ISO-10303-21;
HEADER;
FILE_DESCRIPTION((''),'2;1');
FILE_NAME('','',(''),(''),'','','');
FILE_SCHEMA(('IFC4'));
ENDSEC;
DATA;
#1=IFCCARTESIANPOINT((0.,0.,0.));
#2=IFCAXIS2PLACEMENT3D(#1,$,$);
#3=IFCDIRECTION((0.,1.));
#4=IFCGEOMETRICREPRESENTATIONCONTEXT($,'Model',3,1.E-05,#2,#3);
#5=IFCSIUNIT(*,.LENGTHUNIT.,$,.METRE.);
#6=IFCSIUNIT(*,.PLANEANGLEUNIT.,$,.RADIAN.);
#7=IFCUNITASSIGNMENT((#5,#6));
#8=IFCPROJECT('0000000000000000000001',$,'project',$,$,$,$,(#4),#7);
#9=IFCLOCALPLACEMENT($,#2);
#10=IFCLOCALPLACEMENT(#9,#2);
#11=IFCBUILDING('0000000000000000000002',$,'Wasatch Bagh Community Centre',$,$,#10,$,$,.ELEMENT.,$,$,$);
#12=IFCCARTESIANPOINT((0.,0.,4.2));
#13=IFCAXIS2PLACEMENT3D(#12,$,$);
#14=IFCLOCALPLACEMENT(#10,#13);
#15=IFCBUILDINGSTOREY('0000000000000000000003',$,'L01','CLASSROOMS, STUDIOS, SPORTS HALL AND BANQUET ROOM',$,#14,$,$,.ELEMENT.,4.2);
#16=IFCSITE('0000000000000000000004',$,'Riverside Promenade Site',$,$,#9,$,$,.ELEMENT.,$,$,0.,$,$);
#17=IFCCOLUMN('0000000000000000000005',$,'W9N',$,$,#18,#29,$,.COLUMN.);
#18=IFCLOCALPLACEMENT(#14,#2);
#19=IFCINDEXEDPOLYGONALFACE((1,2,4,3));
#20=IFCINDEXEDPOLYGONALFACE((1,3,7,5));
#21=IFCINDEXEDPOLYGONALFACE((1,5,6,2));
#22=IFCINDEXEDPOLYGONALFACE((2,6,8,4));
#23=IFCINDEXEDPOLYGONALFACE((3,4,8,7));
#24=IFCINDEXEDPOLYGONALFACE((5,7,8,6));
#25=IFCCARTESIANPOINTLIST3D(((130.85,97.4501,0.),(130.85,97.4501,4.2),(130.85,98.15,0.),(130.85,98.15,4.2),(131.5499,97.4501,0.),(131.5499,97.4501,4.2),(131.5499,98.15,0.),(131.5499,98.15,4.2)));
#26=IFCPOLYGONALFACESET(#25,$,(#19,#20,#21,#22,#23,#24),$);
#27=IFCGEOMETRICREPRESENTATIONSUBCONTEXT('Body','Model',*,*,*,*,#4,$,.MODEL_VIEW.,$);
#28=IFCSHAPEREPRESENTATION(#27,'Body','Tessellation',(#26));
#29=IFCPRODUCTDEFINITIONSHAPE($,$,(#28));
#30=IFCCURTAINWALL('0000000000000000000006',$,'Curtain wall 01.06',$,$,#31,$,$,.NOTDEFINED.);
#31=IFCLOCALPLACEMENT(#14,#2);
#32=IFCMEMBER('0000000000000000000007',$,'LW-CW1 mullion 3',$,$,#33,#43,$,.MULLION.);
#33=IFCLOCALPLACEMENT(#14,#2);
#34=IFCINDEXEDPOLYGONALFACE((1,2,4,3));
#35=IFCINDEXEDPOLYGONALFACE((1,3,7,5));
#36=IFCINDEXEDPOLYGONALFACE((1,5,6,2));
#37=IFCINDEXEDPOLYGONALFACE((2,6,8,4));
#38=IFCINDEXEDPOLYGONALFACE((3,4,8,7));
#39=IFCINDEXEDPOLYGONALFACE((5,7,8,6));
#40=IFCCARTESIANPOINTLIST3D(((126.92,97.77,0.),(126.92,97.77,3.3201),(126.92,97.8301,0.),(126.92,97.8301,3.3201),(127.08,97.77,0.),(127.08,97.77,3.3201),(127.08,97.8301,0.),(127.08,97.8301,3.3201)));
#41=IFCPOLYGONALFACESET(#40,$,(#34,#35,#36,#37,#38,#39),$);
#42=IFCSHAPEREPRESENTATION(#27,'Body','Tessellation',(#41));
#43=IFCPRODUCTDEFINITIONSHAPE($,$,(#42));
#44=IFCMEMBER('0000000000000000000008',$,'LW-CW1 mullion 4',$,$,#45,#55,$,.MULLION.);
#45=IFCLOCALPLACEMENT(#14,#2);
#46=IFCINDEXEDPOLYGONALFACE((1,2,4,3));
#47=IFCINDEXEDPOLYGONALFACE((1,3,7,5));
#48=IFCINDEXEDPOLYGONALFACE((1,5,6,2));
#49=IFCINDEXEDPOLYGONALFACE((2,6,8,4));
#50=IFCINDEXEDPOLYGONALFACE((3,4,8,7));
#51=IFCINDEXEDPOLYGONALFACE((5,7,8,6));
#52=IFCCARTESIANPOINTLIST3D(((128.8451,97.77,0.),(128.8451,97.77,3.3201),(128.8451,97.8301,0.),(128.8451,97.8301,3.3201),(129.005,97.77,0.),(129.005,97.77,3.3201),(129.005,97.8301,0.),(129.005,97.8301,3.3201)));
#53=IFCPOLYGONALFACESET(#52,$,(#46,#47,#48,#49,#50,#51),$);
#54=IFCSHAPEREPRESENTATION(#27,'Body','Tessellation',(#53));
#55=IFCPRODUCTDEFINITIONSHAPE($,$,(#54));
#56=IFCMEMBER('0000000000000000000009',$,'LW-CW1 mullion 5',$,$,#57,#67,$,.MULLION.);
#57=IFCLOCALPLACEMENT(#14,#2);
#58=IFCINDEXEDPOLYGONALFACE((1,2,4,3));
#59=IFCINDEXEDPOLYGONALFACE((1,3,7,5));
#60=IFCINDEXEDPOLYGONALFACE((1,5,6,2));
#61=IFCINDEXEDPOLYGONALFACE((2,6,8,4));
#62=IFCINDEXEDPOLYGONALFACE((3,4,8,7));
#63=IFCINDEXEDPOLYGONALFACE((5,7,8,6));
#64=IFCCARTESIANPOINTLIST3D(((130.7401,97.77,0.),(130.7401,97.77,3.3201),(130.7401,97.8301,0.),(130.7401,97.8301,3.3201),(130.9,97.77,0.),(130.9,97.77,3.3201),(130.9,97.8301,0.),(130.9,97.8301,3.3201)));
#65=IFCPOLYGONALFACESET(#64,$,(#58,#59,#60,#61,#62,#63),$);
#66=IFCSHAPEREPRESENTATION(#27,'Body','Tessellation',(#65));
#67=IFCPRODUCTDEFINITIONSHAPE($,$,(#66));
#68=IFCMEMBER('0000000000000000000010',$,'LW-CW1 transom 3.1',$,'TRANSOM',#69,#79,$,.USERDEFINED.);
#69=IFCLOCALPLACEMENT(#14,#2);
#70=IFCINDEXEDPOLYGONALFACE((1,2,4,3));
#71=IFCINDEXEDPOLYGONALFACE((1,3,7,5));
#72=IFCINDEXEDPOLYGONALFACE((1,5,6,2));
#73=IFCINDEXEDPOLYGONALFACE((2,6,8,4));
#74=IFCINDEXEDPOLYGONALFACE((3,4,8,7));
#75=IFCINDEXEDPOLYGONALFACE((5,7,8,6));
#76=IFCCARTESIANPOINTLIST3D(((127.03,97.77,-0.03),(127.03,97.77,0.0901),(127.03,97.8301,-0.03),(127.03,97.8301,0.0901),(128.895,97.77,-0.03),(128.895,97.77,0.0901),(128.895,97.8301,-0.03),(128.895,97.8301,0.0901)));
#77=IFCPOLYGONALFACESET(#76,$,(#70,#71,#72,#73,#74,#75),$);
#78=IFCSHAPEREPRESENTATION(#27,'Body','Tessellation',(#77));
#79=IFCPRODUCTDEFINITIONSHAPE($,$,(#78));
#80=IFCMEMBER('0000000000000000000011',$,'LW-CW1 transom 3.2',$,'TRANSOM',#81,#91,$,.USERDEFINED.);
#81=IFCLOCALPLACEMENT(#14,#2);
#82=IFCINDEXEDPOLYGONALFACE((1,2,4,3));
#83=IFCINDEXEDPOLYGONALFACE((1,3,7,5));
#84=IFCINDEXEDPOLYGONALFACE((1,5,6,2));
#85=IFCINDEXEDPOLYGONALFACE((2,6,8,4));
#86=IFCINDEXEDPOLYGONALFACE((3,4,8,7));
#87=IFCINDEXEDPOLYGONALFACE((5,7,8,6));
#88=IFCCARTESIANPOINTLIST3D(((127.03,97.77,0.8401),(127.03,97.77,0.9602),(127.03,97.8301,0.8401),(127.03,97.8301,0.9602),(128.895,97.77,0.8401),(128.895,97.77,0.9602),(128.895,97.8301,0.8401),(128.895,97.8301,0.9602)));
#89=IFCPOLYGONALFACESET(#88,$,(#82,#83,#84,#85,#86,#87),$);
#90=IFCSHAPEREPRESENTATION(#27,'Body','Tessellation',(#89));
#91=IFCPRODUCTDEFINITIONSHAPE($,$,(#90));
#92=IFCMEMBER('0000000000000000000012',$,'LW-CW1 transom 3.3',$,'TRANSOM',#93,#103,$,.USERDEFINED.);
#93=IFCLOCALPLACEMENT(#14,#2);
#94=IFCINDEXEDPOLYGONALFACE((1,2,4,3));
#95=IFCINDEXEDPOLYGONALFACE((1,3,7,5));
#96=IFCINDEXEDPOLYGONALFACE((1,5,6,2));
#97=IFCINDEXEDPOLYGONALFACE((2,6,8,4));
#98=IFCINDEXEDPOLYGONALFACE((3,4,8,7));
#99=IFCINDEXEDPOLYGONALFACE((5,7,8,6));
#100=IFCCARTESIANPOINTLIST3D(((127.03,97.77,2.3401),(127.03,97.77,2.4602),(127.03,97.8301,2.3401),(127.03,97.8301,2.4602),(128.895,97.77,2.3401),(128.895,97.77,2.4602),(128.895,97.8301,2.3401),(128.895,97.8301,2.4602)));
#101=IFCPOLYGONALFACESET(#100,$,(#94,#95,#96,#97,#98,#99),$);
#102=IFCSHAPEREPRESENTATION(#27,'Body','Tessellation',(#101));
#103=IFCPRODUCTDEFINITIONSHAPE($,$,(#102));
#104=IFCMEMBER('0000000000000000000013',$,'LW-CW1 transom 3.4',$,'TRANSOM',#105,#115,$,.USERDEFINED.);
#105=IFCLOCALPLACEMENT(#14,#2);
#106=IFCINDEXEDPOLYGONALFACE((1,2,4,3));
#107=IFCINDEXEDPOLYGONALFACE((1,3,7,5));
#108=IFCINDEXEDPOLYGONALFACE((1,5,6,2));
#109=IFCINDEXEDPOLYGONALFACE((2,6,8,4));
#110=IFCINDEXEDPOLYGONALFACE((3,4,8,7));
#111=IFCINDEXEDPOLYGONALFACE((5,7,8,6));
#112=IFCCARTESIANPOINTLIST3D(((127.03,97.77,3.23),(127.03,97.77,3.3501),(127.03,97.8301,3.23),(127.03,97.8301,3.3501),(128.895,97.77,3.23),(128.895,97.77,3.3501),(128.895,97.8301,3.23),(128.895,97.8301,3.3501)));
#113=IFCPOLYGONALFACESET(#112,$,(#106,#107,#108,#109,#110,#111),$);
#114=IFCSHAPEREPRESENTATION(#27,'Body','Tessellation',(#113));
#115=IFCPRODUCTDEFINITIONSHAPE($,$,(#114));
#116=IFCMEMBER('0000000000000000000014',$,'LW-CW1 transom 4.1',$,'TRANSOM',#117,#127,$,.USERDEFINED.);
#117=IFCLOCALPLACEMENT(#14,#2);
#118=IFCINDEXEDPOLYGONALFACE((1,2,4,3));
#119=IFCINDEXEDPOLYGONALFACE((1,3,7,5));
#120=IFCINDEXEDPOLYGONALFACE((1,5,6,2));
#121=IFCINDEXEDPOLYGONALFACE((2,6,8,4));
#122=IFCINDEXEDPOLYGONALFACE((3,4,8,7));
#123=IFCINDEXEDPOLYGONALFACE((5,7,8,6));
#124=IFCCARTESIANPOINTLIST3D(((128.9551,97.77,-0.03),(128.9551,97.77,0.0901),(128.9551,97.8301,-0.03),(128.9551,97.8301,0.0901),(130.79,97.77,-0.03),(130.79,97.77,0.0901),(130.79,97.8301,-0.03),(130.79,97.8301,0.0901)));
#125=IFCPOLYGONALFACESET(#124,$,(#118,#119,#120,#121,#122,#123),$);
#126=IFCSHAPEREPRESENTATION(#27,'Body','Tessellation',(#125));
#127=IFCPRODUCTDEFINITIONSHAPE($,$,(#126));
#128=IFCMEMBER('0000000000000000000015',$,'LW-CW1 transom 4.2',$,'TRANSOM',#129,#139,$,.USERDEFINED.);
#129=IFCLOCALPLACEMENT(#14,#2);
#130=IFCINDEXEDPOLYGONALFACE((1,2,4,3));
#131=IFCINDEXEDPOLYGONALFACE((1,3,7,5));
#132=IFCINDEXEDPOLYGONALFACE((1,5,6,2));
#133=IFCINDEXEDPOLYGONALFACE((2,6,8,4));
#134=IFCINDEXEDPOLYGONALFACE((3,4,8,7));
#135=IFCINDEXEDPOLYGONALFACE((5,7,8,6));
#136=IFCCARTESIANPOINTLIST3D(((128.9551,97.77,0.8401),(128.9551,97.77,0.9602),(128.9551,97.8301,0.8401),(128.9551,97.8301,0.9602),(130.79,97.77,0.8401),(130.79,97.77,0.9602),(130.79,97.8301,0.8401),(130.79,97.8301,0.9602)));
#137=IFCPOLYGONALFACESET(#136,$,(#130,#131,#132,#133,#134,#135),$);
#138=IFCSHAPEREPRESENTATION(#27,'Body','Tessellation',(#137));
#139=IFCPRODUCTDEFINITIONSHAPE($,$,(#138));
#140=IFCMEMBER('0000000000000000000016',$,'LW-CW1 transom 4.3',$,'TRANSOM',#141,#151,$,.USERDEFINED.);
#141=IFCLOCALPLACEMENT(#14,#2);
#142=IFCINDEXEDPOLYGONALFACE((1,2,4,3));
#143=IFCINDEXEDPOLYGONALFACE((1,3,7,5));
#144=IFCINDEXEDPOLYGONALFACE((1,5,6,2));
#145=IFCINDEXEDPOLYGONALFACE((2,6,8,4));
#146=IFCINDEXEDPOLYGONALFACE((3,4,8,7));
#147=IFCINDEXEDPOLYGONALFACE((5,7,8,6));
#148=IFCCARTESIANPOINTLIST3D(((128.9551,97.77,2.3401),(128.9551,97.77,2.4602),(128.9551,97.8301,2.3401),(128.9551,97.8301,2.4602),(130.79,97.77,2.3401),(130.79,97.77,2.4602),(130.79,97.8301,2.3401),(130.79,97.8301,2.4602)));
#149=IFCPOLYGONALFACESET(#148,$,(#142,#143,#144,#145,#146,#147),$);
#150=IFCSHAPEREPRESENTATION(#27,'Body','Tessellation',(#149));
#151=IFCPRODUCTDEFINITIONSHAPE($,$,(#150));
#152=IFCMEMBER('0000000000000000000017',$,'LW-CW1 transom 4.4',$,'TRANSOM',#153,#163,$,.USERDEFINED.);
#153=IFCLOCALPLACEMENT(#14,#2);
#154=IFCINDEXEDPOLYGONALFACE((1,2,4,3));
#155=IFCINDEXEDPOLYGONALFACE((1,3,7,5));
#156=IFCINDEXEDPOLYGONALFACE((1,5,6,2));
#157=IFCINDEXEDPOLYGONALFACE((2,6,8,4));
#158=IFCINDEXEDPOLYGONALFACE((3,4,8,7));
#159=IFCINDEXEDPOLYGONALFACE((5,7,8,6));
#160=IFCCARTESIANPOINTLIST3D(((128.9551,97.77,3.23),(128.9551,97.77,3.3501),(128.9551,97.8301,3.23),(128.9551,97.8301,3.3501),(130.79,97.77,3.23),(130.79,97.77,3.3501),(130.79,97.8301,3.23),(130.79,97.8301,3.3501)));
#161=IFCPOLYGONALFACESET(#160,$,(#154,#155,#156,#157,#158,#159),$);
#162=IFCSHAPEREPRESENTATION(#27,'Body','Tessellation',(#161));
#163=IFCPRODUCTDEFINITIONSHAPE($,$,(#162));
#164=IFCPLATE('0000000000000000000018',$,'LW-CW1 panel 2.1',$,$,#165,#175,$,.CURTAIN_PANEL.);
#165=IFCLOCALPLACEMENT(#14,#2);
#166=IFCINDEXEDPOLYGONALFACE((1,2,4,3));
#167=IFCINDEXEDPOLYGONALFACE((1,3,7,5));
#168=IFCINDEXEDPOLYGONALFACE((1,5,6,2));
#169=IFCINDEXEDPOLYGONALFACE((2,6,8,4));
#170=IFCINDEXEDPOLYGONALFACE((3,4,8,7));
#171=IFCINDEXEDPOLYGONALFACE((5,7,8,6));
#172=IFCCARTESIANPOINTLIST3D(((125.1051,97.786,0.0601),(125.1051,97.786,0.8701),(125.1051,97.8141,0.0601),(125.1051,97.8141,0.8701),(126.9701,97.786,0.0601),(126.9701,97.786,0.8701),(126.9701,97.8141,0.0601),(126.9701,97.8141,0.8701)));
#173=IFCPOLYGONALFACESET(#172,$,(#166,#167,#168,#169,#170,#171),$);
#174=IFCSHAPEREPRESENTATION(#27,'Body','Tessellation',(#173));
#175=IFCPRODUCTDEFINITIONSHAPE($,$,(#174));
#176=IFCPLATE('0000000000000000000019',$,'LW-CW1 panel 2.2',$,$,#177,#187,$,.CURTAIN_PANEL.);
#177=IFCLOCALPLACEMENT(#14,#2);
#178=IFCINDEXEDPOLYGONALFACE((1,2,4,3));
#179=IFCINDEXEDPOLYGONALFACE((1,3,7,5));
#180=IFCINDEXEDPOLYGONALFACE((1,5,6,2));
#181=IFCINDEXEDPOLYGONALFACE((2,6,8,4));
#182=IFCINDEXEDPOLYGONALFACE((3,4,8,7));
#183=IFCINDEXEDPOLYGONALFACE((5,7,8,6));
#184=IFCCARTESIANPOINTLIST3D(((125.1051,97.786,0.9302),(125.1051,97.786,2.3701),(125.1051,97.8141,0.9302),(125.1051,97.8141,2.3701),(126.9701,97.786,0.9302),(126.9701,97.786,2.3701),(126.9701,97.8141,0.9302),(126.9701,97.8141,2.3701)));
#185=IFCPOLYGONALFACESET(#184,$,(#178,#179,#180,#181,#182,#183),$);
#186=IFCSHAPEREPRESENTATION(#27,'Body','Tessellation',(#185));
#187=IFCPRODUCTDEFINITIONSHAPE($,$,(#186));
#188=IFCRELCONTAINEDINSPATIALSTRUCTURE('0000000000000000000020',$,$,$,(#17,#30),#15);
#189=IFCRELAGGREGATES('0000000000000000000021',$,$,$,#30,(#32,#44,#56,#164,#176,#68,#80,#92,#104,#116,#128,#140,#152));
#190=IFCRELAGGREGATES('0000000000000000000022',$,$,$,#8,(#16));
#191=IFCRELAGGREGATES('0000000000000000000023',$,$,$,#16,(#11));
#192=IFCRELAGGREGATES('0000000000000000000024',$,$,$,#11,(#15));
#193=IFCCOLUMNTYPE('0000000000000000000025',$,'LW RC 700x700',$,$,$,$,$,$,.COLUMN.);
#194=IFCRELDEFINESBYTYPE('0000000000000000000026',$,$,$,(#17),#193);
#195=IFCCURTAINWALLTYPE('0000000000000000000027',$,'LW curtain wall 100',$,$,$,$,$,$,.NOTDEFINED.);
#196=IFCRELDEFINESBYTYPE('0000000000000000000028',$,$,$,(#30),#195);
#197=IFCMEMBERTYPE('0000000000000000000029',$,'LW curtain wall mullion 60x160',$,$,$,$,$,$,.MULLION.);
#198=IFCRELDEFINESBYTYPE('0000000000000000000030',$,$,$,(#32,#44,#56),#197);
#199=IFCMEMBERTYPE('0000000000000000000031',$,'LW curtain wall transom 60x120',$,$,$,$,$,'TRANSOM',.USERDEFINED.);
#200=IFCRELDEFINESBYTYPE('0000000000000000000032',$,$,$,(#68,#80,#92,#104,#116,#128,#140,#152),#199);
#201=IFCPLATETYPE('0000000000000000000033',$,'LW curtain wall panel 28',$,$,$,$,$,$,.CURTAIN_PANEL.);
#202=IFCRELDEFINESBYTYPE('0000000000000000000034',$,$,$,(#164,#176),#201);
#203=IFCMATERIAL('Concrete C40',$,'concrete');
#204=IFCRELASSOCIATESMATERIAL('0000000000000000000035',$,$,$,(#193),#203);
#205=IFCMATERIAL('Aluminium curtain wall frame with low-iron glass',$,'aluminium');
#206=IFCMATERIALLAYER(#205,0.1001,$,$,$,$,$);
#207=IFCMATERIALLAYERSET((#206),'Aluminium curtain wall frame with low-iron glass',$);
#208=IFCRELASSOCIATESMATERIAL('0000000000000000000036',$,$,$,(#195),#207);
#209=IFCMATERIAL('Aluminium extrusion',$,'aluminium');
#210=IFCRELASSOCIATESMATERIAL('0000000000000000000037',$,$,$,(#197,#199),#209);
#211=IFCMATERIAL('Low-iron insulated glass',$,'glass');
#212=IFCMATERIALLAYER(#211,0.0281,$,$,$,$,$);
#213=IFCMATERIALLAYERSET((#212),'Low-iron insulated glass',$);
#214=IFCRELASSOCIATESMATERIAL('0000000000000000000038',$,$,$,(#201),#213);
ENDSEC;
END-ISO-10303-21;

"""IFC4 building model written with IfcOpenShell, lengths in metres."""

from ifc_helpers import new_model, si_unit, direction, frame, origin, origin_2d, place, context, subcontext, project, spatial, rectangle, extrude, material, layer, layer_set, material_profile, profile_set, type_object, element, aggregate, save


model = new_model("IFC4")

# Units and contexts
model_context = context("Model", 3, precision=1e-05, world=origin(), true_north=direction((0.0, 1.0)))
body_context = subcontext(model_context, "Body", "Model", "MODEL_VIEW")
ifc_project = project(units=[si_unit("LENGTHUNIT", "METRE"), si_unit("PLANEANGLEUNIT", "RADIAN")], contexts=[model_context])

# Site, building, storey
site_placement = place(None, origin())
site = spatial("IfcSite", under=ifc_project, at=site_placement, Name="Riverside Promenade Site", CompositionType="ELEMENT", RefElevation=0.0)
building_placement = place(site_placement, origin())
building = spatial("IfcBuilding", under=site, at=building_placement, Name="Wasatch Bagh Community Centre", CompositionType="ELEMENT")
storey_placement = place(building_placement, frame((0.0, 0.0, 4.2)))
storey = spatial("IfcBuildingStorey", under=building, at=storey_placement, Name="L01", Description="CLASSROOMS, STUDIOS, SPORTS HALL AND BANQUET ROOM", CompositionType="ELEMENT", Elevation=4.2)

# Column
ifc_material_1 = material(Name="Concrete C40", Category="concrete")
ifc_material_profile_1 = material_profile(ifc_material_1, rectangle(XDim=0.7, YDim=0.7, at=origin_2d()), Name="RC 700x700")
ifc_profile_set_1 = profile_set([ifc_material_profile_1], Name="Concrete C40")
column_type = type_object("IfcColumnType", Name="LW RC 700x700", PredefinedType="COLUMN", material=ifc_profile_set_1)
column_placement = place(storey_placement, frame((131.2, 97.8, 0.0), z_axis=(0.0, 0.0, 1.0), x_axis=(1.0, 0.0, 0.0)))
element("IfcColumn", 1, at=column_placement, inside=storey, type_object=column_type, Name="W9N", PredefinedType="COLUMN", context=body_context, shape_type="SweptSolid", body=[
    extrude(rectangle(XDim=0.7, YDim=0.7, at=origin_2d()), origin(), (0.0, 0.0, 1.0), 4.2),
])

# Curtain wall, members, plates
ifc_material_2 = material(Name="Aluminium curtain wall frame with low-iron glass", Category="aluminium")
ifc_layer_1 = layer(ifc_material_2, 0.1001)
ifc_layer_set_1 = layer_set([ifc_layer_1], Name="Aluminium curtain wall frame with low-iron glass")
curtain_wall_type = type_object("IfcCurtainWallType", Name="LW curtain wall 100", PredefinedType="NOTDEFINED", material=ifc_layer_set_1)
curtain_wall_placement = place(storey_placement, origin())
curtain_wall = element("IfcCurtainWall", 2, at=curtain_wall_placement, inside=storey, type_object=curtain_wall_type, Name="Curtain wall 01.06", PredefinedType="NOTDEFINED")
ifc_material_3 = material(Name="Aluminium extrusion", Category="aluminium")
ifc_material_profile_2 = material_profile(ifc_material_3, rectangle(XDim=0.0601, YDim=0.1599, at=origin_2d()), Name="AL 60x160")
ifc_profile_set_2 = profile_set([ifc_material_profile_2], Name="Aluminium extrusion")
member_type_1 = type_object("IfcMemberType", Name="LW curtain wall mullion 60x160", PredefinedType="MULLION", material=ifc_profile_set_2)
member_1_placement = place(storey_placement, frame((127.0, 97.8, 0.0), z_axis=(0.0, 0.0, 1.0), x_axis=(0.0, 1.0, 0.0)))
member_1 = element("IfcMember", 3, at=member_1_placement, type_object=member_type_1, Name="LW-CW1 mullion 3", PredefinedType="MULLION", context=body_context, shape_type="SweptSolid", body=[
    extrude(rectangle(XDim=0.0601, YDim=0.1599, at=origin_2d()), origin(), (0.0, 0.0, 1.0), 3.3201),
])
member_2_placement = place(storey_placement, frame((128.925, 97.8, 0.0), z_axis=(0.0, 0.0, 1.0), x_axis=(0.0, 1.0, 0.0)))
member_2 = element("IfcMember", 4, at=member_2_placement, type_object=member_type_1, Name="LW-CW1 mullion 4", PredefinedType="MULLION", context=body_context, shape_type="SweptSolid", body=[
    extrude(rectangle(XDim=0.0601, YDim=0.1599, at=origin_2d()), origin(), (0.0, 0.0, 1.0), 3.3201),
])
member_3_placement = place(storey_placement, frame((130.8201, 97.8, 0.0), z_axis=(0.0, 0.0, 1.0), x_axis=(0.0, 1.0, 0.0)))
member_3 = element("IfcMember", 5, at=member_3_placement, type_object=member_type_1, Name="LW-CW1 mullion 5", PredefinedType="MULLION", context=body_context, shape_type="SweptSolid", body=[
    extrude(rectangle(XDim=0.0601, YDim=0.1599, at=origin_2d()), origin(), (0.0, 0.0, 1.0), 3.3201),
])
ifc_material_profile_3 = material_profile(ifc_material_3, rectangle(XDim=0.0601, YDim=0.1201, at=origin_2d()), Name="AL 60x120")
ifc_profile_set_3 = profile_set([ifc_material_profile_3], Name="Aluminium extrusion")
member_type_2 = type_object("IfcMemberType", Name="LW curtain wall transom 60x120", ElementType="TRANSOM", PredefinedType="USERDEFINED", material=ifc_profile_set_3)
member_4_placement = place(storey_placement, frame((127.03, 97.8, 0.03), z_axis=(1.0, 0.0, 0.0), x_axis=(0.0, 1.0, 0.0)))
member_4 = element("IfcMember", 6, at=member_4_placement, type_object=member_type_2, Name="LW-CW1 transom 3.1", ObjectType="TRANSOM", PredefinedType="USERDEFINED", context=body_context, shape_type="SweptSolid", body=[
    extrude(rectangle(XDim=0.0601, YDim=0.1201, at=origin_2d()), origin(), (0.0, 0.0, 1.0), 1.865),
])
member_5_placement = place(storey_placement, frame((127.03, 97.8, 0.9001), z_axis=(1.0, 0.0, 0.0), x_axis=(0.0, 1.0, 0.0)))
member_5 = element("IfcMember", 7, at=member_5_placement, type_object=member_type_2, Name="LW-CW1 transom 3.2", ObjectType="TRANSOM", PredefinedType="USERDEFINED", context=body_context, shape_type="SweptSolid", body=[
    extrude(rectangle(XDim=0.0601, YDim=0.1201, at=origin_2d()), origin(), (0.0, 0.0, 1.0), 1.865),
])
member_6_placement = place(storey_placement, frame((127.03, 97.8, 2.4001), z_axis=(1.0, 0.0, 0.0), x_axis=(0.0, 1.0, 0.0)))
member_6 = element("IfcMember", 8, at=member_6_placement, type_object=member_type_2, Name="LW-CW1 transom 3.3", ObjectType="TRANSOM", PredefinedType="USERDEFINED", context=body_context, shape_type="SweptSolid", body=[
    extrude(rectangle(XDim=0.0601, YDim=0.1201, at=origin_2d()), origin(), (0.0, 0.0, 1.0), 1.865),
])
member_7_placement = place(storey_placement, frame((127.03, 97.8, 3.29), z_axis=(1.0, 0.0, 0.0), x_axis=(0.0, 1.0, 0.0)))
member_7 = element("IfcMember", 9, at=member_7_placement, type_object=member_type_2, Name="LW-CW1 transom 3.4", ObjectType="TRANSOM", PredefinedType="USERDEFINED", context=body_context, shape_type="SweptSolid", body=[
    extrude(rectangle(XDim=0.0601, YDim=0.1201, at=origin_2d()), origin(), (0.0, 0.0, 1.0), 1.865),
])
member_8_placement = place(storey_placement, frame((128.9551, 97.8, 0.03), z_axis=(1.0, 0.0, 0.0), x_axis=(0.0, 1.0, 0.0)))
member_8 = element("IfcMember", 10, at=member_8_placement, type_object=member_type_2, Name="LW-CW1 transom 4.1", ObjectType="TRANSOM", PredefinedType="USERDEFINED", context=body_context, shape_type="SweptSolid", body=[
    extrude(rectangle(XDim=0.0601, YDim=0.1201, at=origin_2d()), origin(), (0.0, 0.0, 1.0), 1.835),
])
member_9_placement = place(storey_placement, frame((128.9551, 97.8, 0.9001), z_axis=(1.0, 0.0, 0.0), x_axis=(0.0, 1.0, 0.0)))
member_9 = element("IfcMember", 11, at=member_9_placement, type_object=member_type_2, Name="LW-CW1 transom 4.2", ObjectType="TRANSOM", PredefinedType="USERDEFINED", context=body_context, shape_type="SweptSolid", body=[
    extrude(rectangle(XDim=0.0601, YDim=0.1201, at=origin_2d()), origin(), (0.0, 0.0, 1.0), 1.835),
])
member_10_placement = place(storey_placement, frame((128.9551, 97.8, 2.4001), z_axis=(1.0, 0.0, 0.0), x_axis=(0.0, 1.0, 0.0)))
member_10 = element("IfcMember", 12, at=member_10_placement, type_object=member_type_2, Name="LW-CW1 transom 4.3", ObjectType="TRANSOM", PredefinedType="USERDEFINED", context=body_context, shape_type="SweptSolid", body=[
    extrude(rectangle(XDim=0.0601, YDim=0.1201, at=origin_2d()), origin(), (0.0, 0.0, 1.0), 1.835),
])
member_11_placement = place(storey_placement, frame((128.9551, 97.8, 3.29), z_axis=(1.0, 0.0, 0.0), x_axis=(0.0, 1.0, 0.0)))
member_11 = element("IfcMember", 13, at=member_11_placement, type_object=member_type_2, Name="LW-CW1 transom 4.4", ObjectType="TRANSOM", PredefinedType="USERDEFINED", context=body_context, shape_type="SweptSolid", body=[
    extrude(rectangle(XDim=0.0601, YDim=0.1201, at=origin_2d()), origin(), (0.0, 0.0, 1.0), 1.835),
])
ifc_material_4 = material(Name="Low-iron insulated glass", Category="glass")
ifc_layer_2 = layer(ifc_material_4, 0.0281)
ifc_layer_set_2 = layer_set([ifc_layer_2], Name="Low-iron insulated glass")
plate_type_1 = type_object("IfcPlateType", Name="LW curtain wall panel 28", PredefinedType="CURTAIN_PANEL", material=ifc_layer_set_2)
plate_1_placement = place(storey_placement, frame((126.0376, 97.8, 0.0601), z_axis=(0.0, 0.0, 1.0), x_axis=(1.0, 0.0, 0.0)))
plate_1 = element("IfcPlate", 14, at=plate_1_placement, type_object=plate_type_1, Name="LW-CW1 panel 2.1", PredefinedType="CURTAIN_PANEL", context=body_context, shape_type="SweptSolid", body=[
    extrude(rectangle(XDim=1.865, YDim=0.0281, at=origin_2d()), origin(), (0.0, 0.0, 1.0), 0.8101),
])
plate_2_placement = place(storey_placement, frame((126.0376, 97.8, 0.9302), z_axis=(0.0, 0.0, 1.0), x_axis=(1.0, 0.0, 0.0)))
plate_2 = element("IfcPlate", 15, at=plate_2_placement, type_object=plate_type_1, Name="LW-CW1 panel 2.2", PredefinedType="CURTAIN_PANEL", context=body_context, shape_type="SweptSolid", body=[
    extrude(rectangle(XDim=1.865, YDim=0.0281, at=origin_2d()), origin(), (0.0, 0.0, 1.0), 1.4399),
])
aggregate(curtain_wall, [member_1, member_2, member_3, plate_1, plate_2, member_4, member_5, member_6, member_7, member_8, member_9, member_10, member_11])

save(model, "model.ifc")
